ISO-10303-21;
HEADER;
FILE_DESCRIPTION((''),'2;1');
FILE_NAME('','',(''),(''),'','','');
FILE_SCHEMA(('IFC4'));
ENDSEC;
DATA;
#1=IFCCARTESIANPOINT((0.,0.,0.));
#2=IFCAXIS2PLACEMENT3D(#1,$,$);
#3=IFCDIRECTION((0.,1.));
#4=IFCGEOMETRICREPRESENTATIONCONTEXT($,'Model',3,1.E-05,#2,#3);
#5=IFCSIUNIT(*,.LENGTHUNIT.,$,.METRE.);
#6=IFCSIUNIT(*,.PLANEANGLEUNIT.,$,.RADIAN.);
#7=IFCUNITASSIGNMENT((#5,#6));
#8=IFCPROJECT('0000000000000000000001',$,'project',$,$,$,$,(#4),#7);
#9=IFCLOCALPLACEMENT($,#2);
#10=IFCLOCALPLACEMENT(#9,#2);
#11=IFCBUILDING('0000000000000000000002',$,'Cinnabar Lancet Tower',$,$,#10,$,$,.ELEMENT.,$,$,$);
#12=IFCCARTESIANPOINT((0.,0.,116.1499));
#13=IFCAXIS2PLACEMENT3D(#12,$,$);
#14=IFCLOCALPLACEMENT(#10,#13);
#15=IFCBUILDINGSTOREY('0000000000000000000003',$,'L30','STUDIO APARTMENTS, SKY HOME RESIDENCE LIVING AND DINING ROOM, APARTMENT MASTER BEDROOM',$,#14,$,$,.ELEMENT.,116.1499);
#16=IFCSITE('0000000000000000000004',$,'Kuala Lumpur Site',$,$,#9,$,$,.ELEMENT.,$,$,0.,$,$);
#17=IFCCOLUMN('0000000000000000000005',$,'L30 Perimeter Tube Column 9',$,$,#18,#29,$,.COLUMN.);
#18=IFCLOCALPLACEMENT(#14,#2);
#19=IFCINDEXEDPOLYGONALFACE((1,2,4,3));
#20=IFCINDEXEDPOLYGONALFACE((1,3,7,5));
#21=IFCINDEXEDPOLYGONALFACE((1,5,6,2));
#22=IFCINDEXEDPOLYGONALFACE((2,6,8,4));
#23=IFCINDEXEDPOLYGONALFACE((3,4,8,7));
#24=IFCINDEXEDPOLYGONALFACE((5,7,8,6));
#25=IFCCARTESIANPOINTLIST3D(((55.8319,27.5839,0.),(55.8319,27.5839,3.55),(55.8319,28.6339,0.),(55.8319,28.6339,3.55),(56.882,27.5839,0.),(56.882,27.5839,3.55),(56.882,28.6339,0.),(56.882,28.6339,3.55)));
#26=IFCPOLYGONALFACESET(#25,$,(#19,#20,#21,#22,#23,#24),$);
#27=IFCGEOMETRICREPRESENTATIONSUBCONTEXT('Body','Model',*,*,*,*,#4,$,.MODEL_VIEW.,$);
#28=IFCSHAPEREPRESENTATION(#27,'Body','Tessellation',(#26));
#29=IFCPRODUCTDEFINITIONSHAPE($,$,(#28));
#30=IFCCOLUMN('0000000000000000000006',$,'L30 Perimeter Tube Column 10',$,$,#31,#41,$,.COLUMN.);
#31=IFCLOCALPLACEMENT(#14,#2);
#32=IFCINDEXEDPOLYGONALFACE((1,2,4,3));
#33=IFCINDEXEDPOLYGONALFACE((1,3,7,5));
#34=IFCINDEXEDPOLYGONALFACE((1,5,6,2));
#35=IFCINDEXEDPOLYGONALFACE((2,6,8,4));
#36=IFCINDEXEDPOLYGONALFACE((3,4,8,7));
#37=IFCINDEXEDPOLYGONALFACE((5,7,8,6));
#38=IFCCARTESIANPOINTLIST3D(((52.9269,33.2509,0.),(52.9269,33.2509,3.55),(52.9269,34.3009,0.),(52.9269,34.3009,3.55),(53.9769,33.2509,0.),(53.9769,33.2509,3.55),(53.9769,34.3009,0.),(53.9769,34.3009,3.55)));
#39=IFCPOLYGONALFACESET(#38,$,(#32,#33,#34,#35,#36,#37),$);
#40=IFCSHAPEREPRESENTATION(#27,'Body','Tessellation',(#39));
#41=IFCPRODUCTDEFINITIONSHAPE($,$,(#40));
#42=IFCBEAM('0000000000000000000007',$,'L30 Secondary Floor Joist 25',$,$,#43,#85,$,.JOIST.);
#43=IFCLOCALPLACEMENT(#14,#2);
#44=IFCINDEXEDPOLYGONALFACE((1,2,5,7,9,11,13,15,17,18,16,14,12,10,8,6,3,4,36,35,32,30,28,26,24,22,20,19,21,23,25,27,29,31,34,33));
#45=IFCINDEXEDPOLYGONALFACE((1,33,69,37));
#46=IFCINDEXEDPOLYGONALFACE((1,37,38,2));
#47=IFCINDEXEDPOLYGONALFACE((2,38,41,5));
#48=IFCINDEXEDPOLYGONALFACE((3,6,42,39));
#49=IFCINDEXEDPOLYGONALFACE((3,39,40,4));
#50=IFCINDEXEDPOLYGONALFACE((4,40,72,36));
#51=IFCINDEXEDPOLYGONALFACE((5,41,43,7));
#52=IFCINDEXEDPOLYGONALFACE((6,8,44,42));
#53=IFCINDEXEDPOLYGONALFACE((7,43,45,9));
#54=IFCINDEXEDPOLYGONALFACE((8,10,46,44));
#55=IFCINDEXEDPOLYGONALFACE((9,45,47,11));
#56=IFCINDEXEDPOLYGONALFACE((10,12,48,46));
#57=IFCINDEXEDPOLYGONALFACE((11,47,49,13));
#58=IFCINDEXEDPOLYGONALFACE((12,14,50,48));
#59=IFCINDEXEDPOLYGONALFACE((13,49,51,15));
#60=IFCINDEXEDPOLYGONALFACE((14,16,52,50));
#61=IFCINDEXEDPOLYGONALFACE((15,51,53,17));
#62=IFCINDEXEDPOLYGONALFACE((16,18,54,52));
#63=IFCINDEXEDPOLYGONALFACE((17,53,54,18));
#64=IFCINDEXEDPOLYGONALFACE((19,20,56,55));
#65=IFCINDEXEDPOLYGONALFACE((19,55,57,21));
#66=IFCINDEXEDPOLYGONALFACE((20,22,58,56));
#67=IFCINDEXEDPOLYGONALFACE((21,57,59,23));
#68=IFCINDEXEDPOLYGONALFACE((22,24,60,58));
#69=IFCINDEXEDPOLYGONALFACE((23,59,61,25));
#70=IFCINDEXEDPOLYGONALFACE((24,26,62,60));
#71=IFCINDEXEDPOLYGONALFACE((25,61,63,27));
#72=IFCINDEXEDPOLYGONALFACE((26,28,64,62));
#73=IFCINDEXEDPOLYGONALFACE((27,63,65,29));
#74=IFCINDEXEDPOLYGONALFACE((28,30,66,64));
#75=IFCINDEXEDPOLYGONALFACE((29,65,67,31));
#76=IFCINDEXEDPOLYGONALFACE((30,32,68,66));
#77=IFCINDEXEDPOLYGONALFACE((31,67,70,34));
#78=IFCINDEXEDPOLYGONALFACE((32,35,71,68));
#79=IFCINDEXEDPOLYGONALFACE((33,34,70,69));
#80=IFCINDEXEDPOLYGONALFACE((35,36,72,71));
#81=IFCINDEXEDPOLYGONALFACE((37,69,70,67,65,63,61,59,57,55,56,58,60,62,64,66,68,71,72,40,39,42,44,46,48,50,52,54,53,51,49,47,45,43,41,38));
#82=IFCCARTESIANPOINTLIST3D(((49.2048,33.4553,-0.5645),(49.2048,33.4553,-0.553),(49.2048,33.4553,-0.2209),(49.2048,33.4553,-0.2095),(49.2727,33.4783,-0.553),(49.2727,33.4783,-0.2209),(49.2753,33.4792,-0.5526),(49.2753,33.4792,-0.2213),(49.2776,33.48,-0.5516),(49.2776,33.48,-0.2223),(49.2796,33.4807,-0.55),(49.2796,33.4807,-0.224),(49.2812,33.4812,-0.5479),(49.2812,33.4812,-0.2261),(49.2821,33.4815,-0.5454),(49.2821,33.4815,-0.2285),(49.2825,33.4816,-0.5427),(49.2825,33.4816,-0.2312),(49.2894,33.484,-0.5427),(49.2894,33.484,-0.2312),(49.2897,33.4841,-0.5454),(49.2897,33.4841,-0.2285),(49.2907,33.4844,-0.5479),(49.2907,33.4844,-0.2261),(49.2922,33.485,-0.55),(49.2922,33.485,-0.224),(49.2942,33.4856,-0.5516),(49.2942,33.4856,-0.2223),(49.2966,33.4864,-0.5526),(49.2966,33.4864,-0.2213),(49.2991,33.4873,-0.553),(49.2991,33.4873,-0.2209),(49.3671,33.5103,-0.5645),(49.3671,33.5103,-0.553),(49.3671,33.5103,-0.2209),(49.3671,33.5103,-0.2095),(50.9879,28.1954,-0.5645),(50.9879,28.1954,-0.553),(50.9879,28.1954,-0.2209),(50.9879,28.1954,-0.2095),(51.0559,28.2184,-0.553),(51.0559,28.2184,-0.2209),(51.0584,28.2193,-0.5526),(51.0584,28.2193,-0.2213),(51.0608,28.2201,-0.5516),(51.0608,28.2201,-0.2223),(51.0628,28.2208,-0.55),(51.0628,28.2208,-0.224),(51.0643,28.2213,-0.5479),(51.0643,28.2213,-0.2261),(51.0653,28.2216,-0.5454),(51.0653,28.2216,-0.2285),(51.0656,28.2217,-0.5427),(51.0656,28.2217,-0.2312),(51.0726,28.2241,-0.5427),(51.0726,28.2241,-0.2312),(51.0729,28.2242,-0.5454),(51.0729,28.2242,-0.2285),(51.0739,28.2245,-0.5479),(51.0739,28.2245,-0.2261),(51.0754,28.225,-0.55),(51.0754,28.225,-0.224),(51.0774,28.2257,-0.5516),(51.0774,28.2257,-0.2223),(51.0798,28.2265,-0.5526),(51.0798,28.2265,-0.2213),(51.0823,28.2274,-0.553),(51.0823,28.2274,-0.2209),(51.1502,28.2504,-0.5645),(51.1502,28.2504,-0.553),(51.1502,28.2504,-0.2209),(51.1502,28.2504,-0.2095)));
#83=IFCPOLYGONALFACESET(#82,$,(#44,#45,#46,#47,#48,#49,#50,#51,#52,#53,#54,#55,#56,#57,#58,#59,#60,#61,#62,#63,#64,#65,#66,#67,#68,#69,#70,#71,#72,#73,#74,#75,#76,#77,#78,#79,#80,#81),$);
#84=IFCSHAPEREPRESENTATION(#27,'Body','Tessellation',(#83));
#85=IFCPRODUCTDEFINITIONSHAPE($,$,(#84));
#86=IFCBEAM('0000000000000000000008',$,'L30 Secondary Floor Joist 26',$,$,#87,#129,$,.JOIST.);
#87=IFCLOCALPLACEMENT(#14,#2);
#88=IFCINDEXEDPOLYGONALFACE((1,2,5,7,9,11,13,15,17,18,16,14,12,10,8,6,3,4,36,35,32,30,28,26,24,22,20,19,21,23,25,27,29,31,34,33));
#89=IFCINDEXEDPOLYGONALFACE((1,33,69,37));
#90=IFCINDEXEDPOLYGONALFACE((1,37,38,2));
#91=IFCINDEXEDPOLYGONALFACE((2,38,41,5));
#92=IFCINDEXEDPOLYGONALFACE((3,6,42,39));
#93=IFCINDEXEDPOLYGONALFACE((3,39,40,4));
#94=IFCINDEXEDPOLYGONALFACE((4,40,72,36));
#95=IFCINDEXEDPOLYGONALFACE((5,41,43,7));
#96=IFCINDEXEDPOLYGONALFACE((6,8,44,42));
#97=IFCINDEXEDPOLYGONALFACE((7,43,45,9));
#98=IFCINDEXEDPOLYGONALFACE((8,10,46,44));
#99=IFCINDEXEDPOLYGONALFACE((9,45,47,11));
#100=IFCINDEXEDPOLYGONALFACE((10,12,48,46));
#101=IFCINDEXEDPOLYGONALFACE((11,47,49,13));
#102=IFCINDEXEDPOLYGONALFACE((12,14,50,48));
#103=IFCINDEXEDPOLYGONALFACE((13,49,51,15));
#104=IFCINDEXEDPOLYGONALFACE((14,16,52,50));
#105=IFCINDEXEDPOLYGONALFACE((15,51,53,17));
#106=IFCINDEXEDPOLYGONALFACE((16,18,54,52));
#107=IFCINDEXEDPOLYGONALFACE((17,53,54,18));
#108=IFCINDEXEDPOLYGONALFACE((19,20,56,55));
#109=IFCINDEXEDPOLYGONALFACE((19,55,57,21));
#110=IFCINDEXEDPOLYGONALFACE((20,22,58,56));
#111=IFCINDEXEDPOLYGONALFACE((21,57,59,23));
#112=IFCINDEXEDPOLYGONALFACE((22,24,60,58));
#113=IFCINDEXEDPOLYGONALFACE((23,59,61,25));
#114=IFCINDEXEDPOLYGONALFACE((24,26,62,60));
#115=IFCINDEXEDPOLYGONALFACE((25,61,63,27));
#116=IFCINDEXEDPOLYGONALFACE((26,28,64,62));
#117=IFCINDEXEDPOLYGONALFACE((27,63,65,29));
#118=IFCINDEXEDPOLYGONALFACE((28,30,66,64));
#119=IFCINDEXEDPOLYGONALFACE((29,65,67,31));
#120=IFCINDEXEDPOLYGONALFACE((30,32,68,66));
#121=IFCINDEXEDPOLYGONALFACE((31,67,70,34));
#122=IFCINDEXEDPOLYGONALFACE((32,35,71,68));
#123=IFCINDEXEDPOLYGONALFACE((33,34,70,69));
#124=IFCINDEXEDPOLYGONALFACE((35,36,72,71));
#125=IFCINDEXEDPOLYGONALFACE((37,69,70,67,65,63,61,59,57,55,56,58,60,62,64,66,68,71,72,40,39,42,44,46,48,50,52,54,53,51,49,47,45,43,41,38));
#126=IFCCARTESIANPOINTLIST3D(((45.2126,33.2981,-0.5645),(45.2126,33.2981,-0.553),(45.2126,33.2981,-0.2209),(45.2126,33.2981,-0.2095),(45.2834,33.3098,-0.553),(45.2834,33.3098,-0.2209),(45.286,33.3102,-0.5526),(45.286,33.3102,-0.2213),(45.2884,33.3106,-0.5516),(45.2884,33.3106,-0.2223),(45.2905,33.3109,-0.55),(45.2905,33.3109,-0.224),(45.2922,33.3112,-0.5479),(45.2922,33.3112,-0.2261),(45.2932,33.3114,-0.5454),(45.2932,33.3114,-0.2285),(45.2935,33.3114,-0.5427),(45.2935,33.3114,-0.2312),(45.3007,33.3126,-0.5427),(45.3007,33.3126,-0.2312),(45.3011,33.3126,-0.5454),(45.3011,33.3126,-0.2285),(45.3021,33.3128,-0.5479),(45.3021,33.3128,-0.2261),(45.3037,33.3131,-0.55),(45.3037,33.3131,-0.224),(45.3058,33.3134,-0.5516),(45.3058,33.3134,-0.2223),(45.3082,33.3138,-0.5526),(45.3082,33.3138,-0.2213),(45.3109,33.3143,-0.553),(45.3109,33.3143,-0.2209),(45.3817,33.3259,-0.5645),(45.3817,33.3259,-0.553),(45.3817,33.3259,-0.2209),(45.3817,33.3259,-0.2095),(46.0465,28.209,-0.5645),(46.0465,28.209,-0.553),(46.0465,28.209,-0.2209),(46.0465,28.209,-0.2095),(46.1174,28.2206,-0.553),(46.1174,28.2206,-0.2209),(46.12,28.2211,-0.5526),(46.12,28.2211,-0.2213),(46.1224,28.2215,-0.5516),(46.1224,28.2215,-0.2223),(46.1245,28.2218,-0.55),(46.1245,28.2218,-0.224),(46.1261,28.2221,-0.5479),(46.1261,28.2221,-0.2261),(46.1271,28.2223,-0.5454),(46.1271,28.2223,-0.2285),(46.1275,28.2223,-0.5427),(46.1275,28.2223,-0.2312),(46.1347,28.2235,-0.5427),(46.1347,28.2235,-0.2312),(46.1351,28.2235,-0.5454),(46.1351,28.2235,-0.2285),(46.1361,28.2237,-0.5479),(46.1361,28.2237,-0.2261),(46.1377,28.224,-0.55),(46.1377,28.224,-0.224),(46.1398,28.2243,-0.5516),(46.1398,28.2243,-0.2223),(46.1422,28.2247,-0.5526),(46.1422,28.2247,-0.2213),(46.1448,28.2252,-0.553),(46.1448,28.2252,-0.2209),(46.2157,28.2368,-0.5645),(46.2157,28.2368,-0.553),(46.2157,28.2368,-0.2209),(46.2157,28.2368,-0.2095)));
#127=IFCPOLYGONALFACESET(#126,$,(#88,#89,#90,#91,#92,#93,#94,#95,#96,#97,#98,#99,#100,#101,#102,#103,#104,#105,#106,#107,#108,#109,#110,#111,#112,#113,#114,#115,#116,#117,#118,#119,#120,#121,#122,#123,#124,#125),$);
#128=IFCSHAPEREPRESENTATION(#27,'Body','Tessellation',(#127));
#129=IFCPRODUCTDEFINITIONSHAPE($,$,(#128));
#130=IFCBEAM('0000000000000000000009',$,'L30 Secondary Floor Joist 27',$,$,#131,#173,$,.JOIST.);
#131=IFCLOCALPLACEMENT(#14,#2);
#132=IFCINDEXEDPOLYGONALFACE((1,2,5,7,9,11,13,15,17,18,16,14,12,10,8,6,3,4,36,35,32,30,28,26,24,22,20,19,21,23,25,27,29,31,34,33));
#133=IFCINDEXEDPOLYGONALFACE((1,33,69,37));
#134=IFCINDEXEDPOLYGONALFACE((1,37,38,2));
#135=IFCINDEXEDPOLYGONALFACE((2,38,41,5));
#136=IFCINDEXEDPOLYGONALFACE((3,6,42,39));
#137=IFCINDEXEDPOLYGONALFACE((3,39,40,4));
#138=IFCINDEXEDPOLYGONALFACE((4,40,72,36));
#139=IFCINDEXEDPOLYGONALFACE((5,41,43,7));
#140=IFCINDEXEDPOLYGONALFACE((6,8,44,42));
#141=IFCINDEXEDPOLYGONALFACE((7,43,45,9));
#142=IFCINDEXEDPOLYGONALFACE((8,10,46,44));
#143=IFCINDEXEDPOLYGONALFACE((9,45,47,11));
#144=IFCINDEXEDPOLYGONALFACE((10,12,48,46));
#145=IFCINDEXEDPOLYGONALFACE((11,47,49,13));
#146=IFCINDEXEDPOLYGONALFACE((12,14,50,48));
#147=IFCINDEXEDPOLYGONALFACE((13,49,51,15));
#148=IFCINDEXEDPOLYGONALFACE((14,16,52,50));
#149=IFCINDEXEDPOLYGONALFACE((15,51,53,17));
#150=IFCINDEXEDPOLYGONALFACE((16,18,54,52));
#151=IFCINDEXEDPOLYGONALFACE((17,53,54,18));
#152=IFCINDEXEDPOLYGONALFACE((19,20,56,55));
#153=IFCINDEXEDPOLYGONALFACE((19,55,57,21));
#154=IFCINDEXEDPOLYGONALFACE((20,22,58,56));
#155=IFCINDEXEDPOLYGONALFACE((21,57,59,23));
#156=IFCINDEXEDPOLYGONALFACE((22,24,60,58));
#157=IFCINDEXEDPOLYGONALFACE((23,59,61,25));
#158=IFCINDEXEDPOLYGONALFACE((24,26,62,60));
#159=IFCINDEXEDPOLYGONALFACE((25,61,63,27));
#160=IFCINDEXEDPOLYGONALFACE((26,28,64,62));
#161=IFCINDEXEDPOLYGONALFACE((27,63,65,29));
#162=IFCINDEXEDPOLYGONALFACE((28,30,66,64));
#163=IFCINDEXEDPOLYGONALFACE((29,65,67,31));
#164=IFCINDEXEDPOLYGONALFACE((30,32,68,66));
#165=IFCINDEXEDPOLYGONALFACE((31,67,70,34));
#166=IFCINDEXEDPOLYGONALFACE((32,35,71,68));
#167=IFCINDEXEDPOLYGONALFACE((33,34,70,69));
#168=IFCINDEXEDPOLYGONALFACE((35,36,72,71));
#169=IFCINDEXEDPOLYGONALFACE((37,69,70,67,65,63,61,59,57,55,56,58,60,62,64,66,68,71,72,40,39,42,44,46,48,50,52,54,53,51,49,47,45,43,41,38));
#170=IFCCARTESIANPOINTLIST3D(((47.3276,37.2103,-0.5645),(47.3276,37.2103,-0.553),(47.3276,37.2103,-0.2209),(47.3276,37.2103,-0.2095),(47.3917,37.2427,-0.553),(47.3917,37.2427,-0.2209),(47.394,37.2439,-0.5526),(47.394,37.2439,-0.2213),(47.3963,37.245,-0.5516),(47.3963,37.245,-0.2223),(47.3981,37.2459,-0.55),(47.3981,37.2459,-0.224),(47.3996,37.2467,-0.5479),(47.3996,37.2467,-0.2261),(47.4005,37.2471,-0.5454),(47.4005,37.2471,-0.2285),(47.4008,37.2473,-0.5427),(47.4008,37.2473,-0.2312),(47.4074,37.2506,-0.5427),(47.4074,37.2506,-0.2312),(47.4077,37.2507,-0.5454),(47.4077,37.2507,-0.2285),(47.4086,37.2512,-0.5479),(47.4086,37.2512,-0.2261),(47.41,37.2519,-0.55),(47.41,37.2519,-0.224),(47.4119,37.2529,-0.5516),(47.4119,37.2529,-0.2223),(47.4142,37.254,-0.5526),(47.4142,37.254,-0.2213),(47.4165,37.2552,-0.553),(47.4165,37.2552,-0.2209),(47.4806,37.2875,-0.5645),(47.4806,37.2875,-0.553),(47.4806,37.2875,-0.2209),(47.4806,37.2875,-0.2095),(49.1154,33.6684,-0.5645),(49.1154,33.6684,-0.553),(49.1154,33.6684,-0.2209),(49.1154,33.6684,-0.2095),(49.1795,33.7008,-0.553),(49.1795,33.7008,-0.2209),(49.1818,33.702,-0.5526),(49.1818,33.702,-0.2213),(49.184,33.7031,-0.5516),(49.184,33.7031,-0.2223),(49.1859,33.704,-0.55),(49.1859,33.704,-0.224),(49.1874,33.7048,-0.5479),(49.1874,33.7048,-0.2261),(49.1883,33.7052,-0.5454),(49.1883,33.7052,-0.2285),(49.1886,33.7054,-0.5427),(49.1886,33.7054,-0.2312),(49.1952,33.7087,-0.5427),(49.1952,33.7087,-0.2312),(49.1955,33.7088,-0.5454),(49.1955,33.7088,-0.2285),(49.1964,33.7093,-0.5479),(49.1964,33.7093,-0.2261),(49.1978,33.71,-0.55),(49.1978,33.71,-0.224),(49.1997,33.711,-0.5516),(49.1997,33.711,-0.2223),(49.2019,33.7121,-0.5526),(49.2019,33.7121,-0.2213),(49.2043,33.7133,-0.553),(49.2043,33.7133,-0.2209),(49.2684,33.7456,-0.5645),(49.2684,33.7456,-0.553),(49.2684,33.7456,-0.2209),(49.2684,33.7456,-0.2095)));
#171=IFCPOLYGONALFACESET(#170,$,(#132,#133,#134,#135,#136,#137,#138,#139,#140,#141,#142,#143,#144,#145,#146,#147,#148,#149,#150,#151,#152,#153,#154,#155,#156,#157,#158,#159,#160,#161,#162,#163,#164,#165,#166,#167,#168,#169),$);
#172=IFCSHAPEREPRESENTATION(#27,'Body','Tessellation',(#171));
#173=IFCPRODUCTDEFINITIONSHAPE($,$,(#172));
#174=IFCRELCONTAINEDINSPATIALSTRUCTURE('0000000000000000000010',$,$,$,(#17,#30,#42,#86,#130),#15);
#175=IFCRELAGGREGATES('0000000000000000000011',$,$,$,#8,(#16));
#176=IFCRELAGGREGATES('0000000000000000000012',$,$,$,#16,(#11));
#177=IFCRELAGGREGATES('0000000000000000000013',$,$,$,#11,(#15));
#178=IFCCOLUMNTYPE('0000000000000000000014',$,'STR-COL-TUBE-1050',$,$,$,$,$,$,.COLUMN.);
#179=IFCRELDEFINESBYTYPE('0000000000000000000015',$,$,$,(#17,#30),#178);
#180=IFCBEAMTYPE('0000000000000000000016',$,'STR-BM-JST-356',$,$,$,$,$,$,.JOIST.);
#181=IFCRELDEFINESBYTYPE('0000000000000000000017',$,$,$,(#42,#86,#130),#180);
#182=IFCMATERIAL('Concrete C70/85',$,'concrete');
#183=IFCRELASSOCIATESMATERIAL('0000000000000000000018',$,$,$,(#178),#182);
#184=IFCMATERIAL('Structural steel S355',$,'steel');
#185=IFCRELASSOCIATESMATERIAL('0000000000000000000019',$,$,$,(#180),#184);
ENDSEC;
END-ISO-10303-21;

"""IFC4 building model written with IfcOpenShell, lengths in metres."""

from ifc_helpers import new_model, si_unit, direction, frame, origin, origin_2d, place, context, subcontext, project, spatial, rectangle, i_section, extrude, material, material_profile, profile_set, type_object, element, save


model = new_model("IFC4")

# Units and contexts
model_context = context("Model", 3, precision=1e-05, world=origin(), true_north=direction((0.0, 1.0)))
body_context = subcontext(model_context, "Body", "Model", "MODEL_VIEW")
ifc_project = project(units=[si_unit("LENGTHUNIT", "METRE"), si_unit("PLANEANGLEUNIT", "RADIAN")], contexts=[model_context])

# Site, building, storey
site_placement = place(None, origin())
site = spatial("IfcSite", under=ifc_project, at=site_placement, Name="Kuala Lumpur Site", CompositionType="ELEMENT", RefElevation=0.0)
building_placement = place(site_placement, origin())
building = spatial("IfcBuilding", under=site, at=building_placement, Name="Cinnabar Lancet Tower", CompositionType="ELEMENT")
storey_placement = place(building_placement, frame((0.0, 0.0, 116.1499)))
storey = spatial("IfcBuildingStorey", under=building, at=storey_placement, Name="L30", Description="STUDIO APARTMENTS, SKY HOME RESIDENCE LIVING AND DINING ROOM, APARTMENT MASTER BEDROOM", CompositionType="ELEMENT", Elevation=116.1499)

# Columns
ifc_material_1 = material(Name="Concrete C70/85", Category="concrete")
ifc_material_profile_1 = material_profile(ifc_material_1, rectangle(XDim=1.05, YDim=1.05, at=origin_2d()), Name="RC-COL 1050x1050")
ifc_profile_set_1 = profile_set([ifc_material_profile_1], Name="Concrete C70/85")
column_type = type_object("IfcColumnType", Name="STR-COL-TUBE-1050", PredefinedType="COLUMN", material=ifc_profile_set_1)
for number, where, z_axis, x_axis, name in (
    (1, (56.3569, 28.1089, 0.0), (0.0, 0.0, 1.0), (1.0, 0.0, 0.0), "L30 Perimeter Tube Column 9"),
    (2, (53.4519, 33.7759, 0.0), (0.0, 0.0, 1.0), (1.0, 0.0, 0.0), "L30 Perimeter Tube Column 10"),
):
    element("IfcColumn", number, at=place(storey_placement, frame(where, z_axis=z_axis, x_axis=x_axis)), inside=storey, type_object=column_type, Name=name, PredefinedType="COLUMN", context=body_context, shape_type="SweptSolid", body=[
        extrude(rectangle(XDim=1.05, YDim=1.05, at=origin_2d()), origin(), (0.0, 0.0, 1.0), 3.55),
    ])

# Beams
ifc_material_2 = material(Name="Structural steel S355", Category="steel")
ifc_material_profile_2 = material_profile(ifc_material_2, i_section(OverallWidth=0.1714, OverallDepth=0.355, WebThickness=0.0073, FlangeThickness=0.0115, FilletRadius=0.0103, at=origin_2d()), Name="UKB 356x171x51")
ifc_profile_set_2 = profile_set([ifc_material_profile_2], Name="Structural steel S355")
beam_type_1 = type_object("IfcBeamType", Name="STR-BM-JST-356", PredefinedType="JOIST", material=ifc_profile_set_2)
beam_1_placement = place(storey_placement, frame((51.0691, 28.2229, -0.387), z_axis=(-0.321063, 0.947058, 0.0), x_axis=(-0.947058, -0.321063, 0.0)))
element("IfcBeam", 3, at=beam_1_placement, inside=storey, type_object=beam_type_1, Name="L30 Secondary Floor Joist 25", PredefinedType="JOIST", context=body_context, shape_type="SweptSolid", body=[
    extrude(i_section(OverallWidth=0.1714, OverallDepth=0.355, WebThickness=0.0073, FlangeThickness=0.0115, FilletRadius=0.0103, at=origin_2d()), origin(), (0.0, 0.0, 1.0), 5.554),
])
beam_2_placement = place(storey_placement, frame((46.1311, 28.2229, -0.387), z_axis=(-0.161719, 0.986837, 0.0), x_axis=(-0.986837, -0.161719, 0.0)))
element("IfcBeam", 4, at=beam_2_placement, inside=storey, type_object=beam_type_1, Name="L30 Secondary Floor Joist 26", PredefinedType="JOIST", context=body_context, shape_type="SweptSolid", body=[
    extrude(i_section(OverallWidth=0.1714, OverallDepth=0.355, WebThickness=0.0073, FlangeThickness=0.0115, FilletRadius=0.0103, at=origin_2d()), origin(), (0.0, 0.0, 1.0), 5.157),
])
beam_3_placement = place(storey_placement, frame((49.1919, 33.707, -0.387), z_axis=(-0.450607, 0.892722, 0.0), x_axis=(-0.892722, -0.450607, 0.0)))
element("IfcBeam", 5, at=beam_3_placement, inside=storey, type_object=beam_type_1, Name="L30 Secondary Floor Joist 27", PredefinedType="JOIST", context=body_context, shape_type="SweptSolid", body=[
    extrude(i_section(OverallWidth=0.1714, OverallDepth=0.355, WebThickness=0.0073, FlangeThickness=0.0115, FilletRadius=0.0103, at=origin_2d()), origin(), (0.0, 0.0, 1.0), 3.9675),
])

save(model, "model.ifc")
